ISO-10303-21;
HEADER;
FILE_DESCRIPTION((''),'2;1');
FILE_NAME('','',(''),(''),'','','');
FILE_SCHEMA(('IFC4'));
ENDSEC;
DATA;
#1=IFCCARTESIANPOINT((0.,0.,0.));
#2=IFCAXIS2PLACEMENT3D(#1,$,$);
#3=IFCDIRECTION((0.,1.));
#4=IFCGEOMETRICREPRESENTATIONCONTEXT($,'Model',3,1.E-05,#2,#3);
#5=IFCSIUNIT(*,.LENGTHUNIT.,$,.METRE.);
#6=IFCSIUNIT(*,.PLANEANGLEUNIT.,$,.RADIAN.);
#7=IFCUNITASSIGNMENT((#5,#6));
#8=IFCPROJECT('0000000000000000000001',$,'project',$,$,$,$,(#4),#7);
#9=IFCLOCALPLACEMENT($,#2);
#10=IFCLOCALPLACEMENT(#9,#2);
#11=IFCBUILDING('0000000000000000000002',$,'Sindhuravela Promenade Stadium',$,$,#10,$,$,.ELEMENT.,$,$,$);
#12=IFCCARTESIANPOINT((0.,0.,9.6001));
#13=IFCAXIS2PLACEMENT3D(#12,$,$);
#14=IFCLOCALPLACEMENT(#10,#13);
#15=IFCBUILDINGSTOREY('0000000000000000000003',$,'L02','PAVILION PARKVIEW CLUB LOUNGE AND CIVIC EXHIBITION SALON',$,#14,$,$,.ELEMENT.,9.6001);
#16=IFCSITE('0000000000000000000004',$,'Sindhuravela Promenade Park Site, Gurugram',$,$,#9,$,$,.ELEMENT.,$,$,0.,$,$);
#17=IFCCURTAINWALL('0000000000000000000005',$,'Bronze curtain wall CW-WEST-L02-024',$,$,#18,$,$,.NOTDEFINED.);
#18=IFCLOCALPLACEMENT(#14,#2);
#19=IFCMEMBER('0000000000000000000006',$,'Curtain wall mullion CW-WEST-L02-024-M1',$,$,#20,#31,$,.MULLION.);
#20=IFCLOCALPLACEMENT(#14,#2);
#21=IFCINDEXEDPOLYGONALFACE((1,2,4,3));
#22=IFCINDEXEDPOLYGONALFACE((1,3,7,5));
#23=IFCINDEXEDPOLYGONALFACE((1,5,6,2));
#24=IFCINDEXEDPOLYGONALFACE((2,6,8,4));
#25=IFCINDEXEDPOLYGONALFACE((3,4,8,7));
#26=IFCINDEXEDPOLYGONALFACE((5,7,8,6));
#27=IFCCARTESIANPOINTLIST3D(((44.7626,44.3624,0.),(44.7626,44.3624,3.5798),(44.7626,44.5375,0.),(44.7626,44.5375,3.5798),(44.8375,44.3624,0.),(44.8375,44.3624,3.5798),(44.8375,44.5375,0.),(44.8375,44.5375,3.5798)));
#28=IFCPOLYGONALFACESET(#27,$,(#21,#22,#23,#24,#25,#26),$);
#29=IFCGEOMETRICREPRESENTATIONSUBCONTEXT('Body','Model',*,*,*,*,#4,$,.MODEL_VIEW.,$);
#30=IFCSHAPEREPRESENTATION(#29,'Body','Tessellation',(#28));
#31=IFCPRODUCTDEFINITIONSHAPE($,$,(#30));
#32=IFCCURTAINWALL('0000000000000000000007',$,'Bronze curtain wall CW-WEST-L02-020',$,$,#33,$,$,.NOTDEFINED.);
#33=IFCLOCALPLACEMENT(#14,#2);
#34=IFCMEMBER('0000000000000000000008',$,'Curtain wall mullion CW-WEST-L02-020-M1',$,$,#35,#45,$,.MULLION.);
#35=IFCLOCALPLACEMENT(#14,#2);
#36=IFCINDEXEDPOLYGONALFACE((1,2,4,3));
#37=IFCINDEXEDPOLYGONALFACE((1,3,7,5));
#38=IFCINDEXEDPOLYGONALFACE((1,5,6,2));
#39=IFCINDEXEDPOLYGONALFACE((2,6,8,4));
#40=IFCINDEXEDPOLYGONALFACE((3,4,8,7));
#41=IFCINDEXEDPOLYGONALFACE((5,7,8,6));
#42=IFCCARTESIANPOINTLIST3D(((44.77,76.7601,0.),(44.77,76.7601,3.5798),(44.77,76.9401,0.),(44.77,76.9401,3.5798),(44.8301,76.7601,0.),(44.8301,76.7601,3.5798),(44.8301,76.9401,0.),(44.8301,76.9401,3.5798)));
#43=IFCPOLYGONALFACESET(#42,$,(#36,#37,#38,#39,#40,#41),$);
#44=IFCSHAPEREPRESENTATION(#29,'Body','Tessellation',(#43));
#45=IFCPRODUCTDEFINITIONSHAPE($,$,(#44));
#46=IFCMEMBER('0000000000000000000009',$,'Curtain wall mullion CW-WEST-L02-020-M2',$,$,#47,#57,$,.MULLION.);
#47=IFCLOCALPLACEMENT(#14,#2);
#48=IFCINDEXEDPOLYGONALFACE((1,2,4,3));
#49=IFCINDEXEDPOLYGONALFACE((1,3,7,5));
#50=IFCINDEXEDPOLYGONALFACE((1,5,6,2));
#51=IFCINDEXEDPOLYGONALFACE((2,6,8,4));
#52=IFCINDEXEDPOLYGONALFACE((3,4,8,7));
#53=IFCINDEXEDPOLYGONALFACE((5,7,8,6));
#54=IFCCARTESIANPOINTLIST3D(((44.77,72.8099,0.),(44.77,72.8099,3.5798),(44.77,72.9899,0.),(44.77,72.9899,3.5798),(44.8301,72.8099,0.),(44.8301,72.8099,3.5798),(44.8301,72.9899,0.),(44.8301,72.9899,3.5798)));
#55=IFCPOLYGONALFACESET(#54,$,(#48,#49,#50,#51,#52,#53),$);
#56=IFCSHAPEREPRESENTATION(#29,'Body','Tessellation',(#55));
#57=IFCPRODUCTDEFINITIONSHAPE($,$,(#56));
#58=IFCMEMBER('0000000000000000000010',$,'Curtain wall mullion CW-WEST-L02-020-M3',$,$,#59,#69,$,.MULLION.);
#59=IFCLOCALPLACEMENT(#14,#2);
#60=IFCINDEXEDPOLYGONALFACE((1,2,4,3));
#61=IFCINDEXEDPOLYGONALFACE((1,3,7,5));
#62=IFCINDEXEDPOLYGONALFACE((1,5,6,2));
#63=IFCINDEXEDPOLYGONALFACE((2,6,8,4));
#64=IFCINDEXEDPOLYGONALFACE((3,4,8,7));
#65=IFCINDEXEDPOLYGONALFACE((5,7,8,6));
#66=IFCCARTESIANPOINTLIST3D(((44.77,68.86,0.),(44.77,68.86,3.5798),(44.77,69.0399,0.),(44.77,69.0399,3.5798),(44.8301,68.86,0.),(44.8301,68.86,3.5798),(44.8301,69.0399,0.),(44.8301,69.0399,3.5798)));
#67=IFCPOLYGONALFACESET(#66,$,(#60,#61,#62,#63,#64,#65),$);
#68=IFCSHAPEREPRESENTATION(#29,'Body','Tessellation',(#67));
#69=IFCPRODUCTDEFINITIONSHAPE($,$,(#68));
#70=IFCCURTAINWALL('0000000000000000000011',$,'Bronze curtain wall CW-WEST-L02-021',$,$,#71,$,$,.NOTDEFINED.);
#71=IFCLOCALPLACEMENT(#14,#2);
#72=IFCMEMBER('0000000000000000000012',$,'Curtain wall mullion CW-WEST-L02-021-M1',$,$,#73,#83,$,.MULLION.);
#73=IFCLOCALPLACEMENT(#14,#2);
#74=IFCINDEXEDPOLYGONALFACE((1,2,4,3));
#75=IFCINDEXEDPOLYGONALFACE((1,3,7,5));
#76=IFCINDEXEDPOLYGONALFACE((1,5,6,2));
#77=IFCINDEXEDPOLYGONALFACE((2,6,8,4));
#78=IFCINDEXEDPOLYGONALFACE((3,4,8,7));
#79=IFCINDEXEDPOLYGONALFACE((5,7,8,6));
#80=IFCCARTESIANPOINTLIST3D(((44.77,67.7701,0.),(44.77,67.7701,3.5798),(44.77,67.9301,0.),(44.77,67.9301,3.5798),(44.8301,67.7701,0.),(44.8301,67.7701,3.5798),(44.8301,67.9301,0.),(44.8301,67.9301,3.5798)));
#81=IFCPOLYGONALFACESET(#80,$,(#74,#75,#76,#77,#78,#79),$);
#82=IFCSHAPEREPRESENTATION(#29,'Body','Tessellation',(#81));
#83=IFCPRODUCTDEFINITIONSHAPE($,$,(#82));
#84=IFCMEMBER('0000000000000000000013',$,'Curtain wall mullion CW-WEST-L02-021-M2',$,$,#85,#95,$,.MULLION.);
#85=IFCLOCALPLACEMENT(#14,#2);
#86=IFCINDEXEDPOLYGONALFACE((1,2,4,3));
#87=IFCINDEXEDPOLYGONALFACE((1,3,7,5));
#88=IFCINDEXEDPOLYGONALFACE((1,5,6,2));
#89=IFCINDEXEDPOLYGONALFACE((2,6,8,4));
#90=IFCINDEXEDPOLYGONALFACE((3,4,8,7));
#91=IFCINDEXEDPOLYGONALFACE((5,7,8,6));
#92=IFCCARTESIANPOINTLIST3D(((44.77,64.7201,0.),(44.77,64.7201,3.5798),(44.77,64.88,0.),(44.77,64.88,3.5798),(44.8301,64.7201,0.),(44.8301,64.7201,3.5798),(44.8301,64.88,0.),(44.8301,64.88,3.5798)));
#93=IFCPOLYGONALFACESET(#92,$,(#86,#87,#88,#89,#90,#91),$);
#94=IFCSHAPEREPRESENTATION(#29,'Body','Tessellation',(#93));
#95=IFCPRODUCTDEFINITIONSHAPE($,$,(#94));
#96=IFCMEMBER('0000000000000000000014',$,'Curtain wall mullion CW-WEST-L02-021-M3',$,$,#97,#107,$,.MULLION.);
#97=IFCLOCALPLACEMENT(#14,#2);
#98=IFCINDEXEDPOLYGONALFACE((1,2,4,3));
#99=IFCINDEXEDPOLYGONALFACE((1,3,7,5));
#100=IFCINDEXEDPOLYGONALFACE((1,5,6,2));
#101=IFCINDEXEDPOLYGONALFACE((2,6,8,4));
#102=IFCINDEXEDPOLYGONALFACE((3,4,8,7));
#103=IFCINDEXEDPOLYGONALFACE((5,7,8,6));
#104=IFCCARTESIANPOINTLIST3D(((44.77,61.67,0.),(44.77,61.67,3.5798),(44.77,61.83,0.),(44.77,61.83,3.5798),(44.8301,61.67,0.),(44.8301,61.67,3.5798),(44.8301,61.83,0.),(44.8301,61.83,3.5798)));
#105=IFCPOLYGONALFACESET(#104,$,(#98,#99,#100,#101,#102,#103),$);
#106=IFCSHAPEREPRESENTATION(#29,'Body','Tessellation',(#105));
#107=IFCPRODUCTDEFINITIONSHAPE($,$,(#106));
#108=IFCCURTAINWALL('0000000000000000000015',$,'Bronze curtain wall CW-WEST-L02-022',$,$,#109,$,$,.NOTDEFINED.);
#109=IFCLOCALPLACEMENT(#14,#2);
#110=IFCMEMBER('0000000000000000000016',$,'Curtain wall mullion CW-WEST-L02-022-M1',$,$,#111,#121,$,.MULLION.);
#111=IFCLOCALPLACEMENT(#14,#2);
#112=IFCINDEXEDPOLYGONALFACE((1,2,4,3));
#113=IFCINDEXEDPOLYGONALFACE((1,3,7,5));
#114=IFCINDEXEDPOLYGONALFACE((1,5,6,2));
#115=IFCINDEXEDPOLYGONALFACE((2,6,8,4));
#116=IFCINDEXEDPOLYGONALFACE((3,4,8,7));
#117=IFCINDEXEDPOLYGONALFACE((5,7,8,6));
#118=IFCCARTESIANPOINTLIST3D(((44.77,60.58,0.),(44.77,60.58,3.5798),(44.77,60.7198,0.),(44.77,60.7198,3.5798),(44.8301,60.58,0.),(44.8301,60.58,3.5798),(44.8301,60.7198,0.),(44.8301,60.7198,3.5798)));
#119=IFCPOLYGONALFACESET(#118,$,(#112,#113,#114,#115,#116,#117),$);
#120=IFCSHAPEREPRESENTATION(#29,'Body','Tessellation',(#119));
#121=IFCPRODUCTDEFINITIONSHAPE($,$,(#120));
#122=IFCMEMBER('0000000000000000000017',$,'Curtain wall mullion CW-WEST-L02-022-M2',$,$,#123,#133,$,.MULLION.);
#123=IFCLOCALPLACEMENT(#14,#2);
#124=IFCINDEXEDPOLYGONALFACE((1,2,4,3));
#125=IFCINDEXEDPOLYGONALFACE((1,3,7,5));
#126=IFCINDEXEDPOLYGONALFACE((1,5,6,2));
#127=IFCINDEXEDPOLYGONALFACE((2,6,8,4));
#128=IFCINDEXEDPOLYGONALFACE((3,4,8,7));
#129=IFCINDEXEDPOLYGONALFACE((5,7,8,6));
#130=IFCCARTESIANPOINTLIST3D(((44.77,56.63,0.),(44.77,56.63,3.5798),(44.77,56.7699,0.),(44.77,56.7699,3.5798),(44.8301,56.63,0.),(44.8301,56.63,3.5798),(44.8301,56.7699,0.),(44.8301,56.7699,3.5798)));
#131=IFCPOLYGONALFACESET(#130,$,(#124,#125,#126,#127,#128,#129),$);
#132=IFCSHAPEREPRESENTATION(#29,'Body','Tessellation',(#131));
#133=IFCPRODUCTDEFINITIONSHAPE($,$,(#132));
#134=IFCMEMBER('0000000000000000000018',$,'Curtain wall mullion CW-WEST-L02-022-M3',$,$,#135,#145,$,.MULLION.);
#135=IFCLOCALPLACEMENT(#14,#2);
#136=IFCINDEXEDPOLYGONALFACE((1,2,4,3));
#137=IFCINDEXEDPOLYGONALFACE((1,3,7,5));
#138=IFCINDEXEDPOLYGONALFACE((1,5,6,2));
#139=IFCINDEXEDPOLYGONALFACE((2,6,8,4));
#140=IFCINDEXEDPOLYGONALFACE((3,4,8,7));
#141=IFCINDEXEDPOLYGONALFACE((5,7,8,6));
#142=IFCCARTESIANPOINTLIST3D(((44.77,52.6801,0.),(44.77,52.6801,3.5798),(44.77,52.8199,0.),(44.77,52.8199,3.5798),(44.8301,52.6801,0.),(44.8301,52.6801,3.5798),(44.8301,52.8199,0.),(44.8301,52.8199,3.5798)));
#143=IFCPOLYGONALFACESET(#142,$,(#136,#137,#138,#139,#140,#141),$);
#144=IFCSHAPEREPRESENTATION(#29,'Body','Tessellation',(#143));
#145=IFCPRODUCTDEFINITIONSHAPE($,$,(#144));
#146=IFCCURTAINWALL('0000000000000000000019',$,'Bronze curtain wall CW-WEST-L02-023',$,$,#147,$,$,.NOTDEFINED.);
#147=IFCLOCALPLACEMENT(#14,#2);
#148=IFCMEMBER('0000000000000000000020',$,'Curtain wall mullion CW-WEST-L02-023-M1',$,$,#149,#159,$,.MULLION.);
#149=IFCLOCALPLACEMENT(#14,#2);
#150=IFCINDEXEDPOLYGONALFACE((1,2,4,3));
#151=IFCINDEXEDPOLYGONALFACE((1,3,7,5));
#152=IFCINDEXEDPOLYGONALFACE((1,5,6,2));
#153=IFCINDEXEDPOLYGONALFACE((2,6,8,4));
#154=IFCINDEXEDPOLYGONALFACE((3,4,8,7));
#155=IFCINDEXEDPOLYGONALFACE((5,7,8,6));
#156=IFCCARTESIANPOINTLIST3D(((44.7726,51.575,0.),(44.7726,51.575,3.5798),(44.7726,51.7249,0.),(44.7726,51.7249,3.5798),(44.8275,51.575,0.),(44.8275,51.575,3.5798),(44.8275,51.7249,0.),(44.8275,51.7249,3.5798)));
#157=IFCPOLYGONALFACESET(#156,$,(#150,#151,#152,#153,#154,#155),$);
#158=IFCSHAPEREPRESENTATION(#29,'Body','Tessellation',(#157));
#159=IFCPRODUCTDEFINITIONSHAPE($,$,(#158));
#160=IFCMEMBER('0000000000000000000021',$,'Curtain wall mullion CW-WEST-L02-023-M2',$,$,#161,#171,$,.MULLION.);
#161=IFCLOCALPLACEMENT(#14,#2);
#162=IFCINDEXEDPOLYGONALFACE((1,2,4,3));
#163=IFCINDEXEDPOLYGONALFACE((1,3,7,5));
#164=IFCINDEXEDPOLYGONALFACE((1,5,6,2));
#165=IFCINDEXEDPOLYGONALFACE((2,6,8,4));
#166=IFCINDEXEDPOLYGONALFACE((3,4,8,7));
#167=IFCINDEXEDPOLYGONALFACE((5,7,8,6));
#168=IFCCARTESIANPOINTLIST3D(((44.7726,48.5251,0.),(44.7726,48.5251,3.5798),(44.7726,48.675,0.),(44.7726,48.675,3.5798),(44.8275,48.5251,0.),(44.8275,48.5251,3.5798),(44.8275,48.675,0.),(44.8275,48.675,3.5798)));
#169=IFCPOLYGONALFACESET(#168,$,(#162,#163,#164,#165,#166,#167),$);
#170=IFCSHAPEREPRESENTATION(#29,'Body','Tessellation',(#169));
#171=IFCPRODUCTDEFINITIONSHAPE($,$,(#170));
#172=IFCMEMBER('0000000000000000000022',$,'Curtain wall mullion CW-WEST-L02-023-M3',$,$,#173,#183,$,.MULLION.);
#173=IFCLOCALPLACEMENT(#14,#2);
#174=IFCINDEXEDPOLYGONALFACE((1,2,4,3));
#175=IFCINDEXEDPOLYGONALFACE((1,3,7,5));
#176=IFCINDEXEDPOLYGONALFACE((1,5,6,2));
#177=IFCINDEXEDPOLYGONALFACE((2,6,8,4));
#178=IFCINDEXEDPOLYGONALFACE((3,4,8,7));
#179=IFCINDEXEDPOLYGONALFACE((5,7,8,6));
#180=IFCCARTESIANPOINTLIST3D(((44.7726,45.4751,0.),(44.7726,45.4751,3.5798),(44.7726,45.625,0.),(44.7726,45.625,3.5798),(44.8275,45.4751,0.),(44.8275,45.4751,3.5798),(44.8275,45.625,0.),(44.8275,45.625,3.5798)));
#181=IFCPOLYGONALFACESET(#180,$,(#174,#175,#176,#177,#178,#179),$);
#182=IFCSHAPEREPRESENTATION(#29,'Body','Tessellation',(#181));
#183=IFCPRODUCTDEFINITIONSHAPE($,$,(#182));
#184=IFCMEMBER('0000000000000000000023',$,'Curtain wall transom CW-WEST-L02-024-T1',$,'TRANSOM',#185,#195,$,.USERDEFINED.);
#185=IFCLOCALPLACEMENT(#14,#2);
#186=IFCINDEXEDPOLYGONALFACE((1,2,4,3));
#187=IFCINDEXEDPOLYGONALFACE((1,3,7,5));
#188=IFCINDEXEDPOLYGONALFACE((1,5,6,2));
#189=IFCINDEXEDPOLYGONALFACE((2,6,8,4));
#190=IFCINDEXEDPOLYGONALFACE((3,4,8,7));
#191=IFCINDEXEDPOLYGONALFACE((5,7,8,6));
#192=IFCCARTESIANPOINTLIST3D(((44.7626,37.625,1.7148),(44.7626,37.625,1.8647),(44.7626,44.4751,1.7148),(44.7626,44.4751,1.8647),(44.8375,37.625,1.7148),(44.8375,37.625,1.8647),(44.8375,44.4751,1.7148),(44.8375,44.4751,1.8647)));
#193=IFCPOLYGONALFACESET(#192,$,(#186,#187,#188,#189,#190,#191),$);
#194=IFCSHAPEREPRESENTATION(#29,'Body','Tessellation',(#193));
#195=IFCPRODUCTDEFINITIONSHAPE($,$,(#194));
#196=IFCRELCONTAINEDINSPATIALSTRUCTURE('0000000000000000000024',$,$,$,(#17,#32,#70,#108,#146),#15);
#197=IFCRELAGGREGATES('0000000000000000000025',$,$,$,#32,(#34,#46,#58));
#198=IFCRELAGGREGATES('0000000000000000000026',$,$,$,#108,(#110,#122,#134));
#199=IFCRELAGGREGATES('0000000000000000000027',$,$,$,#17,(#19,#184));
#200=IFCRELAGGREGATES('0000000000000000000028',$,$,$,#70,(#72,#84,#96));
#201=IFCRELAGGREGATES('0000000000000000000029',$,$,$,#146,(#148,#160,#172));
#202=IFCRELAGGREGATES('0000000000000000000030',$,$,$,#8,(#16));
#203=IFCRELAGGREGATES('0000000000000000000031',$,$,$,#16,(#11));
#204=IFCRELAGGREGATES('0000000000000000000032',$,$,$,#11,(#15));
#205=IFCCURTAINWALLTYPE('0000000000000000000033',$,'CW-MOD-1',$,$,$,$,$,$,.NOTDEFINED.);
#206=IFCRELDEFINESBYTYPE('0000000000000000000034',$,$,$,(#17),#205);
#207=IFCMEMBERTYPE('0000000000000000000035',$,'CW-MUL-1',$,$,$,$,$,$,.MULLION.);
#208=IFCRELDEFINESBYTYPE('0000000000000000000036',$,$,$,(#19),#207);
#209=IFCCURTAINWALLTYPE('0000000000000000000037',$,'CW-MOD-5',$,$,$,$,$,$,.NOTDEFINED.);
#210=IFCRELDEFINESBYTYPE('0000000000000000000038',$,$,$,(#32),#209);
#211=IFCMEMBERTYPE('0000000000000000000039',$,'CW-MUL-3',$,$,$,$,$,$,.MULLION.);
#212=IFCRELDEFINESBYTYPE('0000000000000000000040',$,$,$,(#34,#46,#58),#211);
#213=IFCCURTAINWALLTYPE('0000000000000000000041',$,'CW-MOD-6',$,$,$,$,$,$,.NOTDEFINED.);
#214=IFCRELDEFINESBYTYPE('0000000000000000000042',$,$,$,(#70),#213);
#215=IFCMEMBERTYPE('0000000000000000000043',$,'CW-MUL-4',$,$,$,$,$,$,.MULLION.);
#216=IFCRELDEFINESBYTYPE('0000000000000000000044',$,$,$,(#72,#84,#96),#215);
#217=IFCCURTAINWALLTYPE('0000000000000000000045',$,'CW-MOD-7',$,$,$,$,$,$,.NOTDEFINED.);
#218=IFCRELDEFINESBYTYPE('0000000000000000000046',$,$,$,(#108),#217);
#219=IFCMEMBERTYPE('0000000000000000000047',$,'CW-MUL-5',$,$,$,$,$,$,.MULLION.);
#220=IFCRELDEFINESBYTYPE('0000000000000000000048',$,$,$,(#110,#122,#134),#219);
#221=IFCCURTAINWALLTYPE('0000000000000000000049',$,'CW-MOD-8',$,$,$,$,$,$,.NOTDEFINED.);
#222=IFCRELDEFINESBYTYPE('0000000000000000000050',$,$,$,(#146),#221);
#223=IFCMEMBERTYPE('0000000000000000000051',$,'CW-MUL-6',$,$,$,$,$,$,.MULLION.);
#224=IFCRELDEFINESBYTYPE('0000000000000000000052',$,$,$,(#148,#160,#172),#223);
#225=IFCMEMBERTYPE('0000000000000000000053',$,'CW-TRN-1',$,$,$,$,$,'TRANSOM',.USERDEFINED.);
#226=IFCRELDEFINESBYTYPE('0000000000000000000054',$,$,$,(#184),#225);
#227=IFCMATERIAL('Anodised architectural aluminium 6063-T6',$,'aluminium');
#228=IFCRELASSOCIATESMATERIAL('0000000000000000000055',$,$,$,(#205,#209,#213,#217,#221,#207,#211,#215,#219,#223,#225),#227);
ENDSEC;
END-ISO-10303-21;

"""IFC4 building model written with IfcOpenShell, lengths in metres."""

from ifc_helpers import new_model, si_unit, direction, frame, origin, origin_2d, place, context, subcontext, project, spatial, rectangle, extrude, material, material_profile, profile_set, type_object, element, aggregate, save


model = new_model("IFC4")

# Units and contexts
model_context = context("Model", 3, precision=1e-05, world=origin(), true_north=direction((0.0, 1.0)))
body_context = subcontext(model_context, "Body", "Model", "MODEL_VIEW")
ifc_project = project(units=[si_unit("LENGTHUNIT", "METRE"), si_unit("PLANEANGLEUNIT", "RADIAN")], contexts=[model_context])

# Site, building, storey
site_placement = place(None, origin())
site = spatial("IfcSite", under=ifc_project, at=site_placement, Name="Sindhuravela Promenade Park Site, Gurugram", CompositionType="ELEMENT", RefElevation=0.0)
building_placement = place(site_placement, origin())
building = spatial("IfcBuilding", under=site, at=building_placement, Name="Sindhuravela Promenade Stadium", CompositionType="ELEMENT")
storey_placement = place(building_placement, frame((0.0, 0.0, 9.6001)))
storey = spatial("IfcBuildingStorey", under=building, at=storey_placement, Name="L02", Description="PAVILION PARKVIEW CLUB LOUNGE AND CIVIC EXHIBITION SALON", CompositionType="ELEMENT", Elevation=9.6001)

# Curtain wall, member
ifc_material_1 = material(Name="Anodised architectural aluminium 6063-T6", Category="aluminium")
curtain_wall_type_1 = type_object("IfcCurtainWallType", Name="CW-MOD-1", PredefinedType="NOTDEFINED", material=ifc_material_1)
curtain_wall_1_placement = place(storey_placement, origin())
curtain_wall_1 = element("IfcCurtainWall", 1, at=curtain_wall_1_placement, inside=storey, type_object=curtain_wall_type_1, Name="Bronze curtain wall CW-WEST-L02-024", PredefinedType="NOTDEFINED")
ifc_material_profile_1 = material_profile(ifc_material_1, rectangle(XDim=0.075, YDim=0.175, at=origin_2d()), Name="ALU MULL 75x175")
ifc_profile_set_1 = profile_set([ifc_material_profile_1], Name="Anodised architectural aluminium 6063-T6")
member_type_1 = type_object("IfcMemberType", Name="CW-MUL-1", PredefinedType="MULLION", material=ifc_profile_set_1)
member_1_placement = place(storey_placement, frame((44.8, 44.45, 0.0), z_axis=(0.0, 0.0, 1.0), x_axis=(1.0, 0.0, 0.0)))
member_1 = element("IfcMember", 2, at=member_1_placement, type_object=member_type_1, Name="Curtain wall mullion CW-WEST-L02-024-M1", PredefinedType="MULLION", context=body_context, shape_type="SweptSolid", body=[
    extrude(rectangle(XDim=0.075, YDim=0.175, at=origin_2d()), origin(), (0.0, 0.0, 1.0), 3.5798),
])

# Curtain walls, members
curtain_wall_type_2 = type_object("IfcCurtainWallType", Name="CW-MOD-5", PredefinedType="NOTDEFINED", material=ifc_material_1)
curtain_wall_2_placement = place(storey_placement, origin())
curtain_wall_2 = element("IfcCurtainWall", 3, at=curtain_wall_2_placement, inside=storey, type_object=curtain_wall_type_2, Name="Bronze curtain wall CW-WEST-L02-020", PredefinedType="NOTDEFINED")
ifc_material_profile_2 = material_profile(ifc_material_1, rectangle(XDim=0.0601, YDim=0.1799, at=origin_2d()), Name="ALU M60x180")
ifc_profile_set_2 = profile_set([ifc_material_profile_2], Name="Anodised architectural aluminium 6063-T6")
member_type_2 = type_object("IfcMemberType", Name="CW-MUL-3", PredefinedType="MULLION", material=ifc_profile_set_2)
member_2_placement = place(storey_placement, frame((44.8, 76.8501, 0.0), z_axis=(0.0, 0.0, 1.0), x_axis=(1.0, 0.0, 0.0)))
member_2 = element("IfcMember", 4, at=member_2_placement, type_object=member_type_2, Name="Curtain wall mullion CW-WEST-L02-020-M1", PredefinedType="MULLION", context=body_context, shape_type="SweptSolid", body=[
    extrude(rectangle(XDim=0.0601, YDim=0.1799, at=origin_2d()), origin(), (0.0, 0.0, 1.0), 3.5798),
])
member_3_placement = place(storey_placement, frame((44.8, 72.8999, 0.0), z_axis=(0.0, 0.0, 1.0), x_axis=(1.0, 0.0, 0.0)))
member_3 = element("IfcMember", 5, at=member_3_placement, type_object=member_type_2, Name="Curtain wall mullion CW-WEST-L02-020-M2", PredefinedType="MULLION", context=body_context, shape_type="SweptSolid", body=[
    extrude(rectangle(XDim=0.0601, YDim=0.1799, at=origin_2d()), origin(), (0.0, 0.0, 1.0), 3.5798),
])
member_4_placement = place(storey_placement, frame((44.8, 68.95, 0.0), z_axis=(0.0, 0.0, 1.0), x_axis=(1.0, 0.0, 0.0)))
member_4 = element("IfcMember", 6, at=member_4_placement, type_object=member_type_2, Name="Curtain wall mullion CW-WEST-L02-020-M3", PredefinedType="MULLION", context=body_context, shape_type="SweptSolid", body=[
    extrude(rectangle(XDim=0.0601, YDim=0.1799, at=origin_2d()), origin(), (0.0, 0.0, 1.0), 3.5798),
])
curtain_wall_type_3 = type_object("IfcCurtainWallType", Name="CW-MOD-6", PredefinedType="NOTDEFINED", material=ifc_material_1)
curtain_wall_3_placement = place(storey_placement, origin())
curtain_wall_3 = element("IfcCurtainWall", 7, at=curtain_wall_3_placement, inside=storey, type_object=curtain_wall_type_3, Name="Bronze curtain wall CW-WEST-L02-021", PredefinedType="NOTDEFINED")
ifc_material_profile_3 = material_profile(ifc_material_1, rectangle(XDim=0.0601, YDim=0.1599, at=origin_2d()), Name="ALU M60x160")
ifc_profile_set_3 = profile_set([ifc_material_profile_3], Name="Anodised architectural aluminium 6063-T6")
member_type_3 = type_object("IfcMemberType", Name="CW-MUL-4", PredefinedType="MULLION", material=ifc_profile_set_3)
member_5_placement = place(storey_placement, frame((44.8, 67.8501, 0.0), z_axis=(0.0, 0.0, 1.0), x_axis=(1.0, 0.0, 0.0)))
member_5 = element("IfcMember", 8, at=member_5_placement, type_object=member_type_3, Name="Curtain wall mullion CW-WEST-L02-021-M1", PredefinedType="MULLION", context=body_context, shape_type="SweptSolid", body=[
    extrude(rectangle(XDim=0.0601, YDim=0.1599, at=origin_2d()), origin(), (0.0, 0.0, 1.0), 3.5798),
])
member_6_placement = place(storey_placement, frame((44.8, 64.8, 0.0), z_axis=(0.0, 0.0, 1.0), x_axis=(1.0, 0.0, 0.0)))
member_6 = element("IfcMember", 9, at=member_6_placement, type_object=member_type_3, Name="Curtain wall mullion CW-WEST-L02-021-M2", PredefinedType="MULLION", context=body_context, shape_type="SweptSolid", body=[
    extrude(rectangle(XDim=0.0601, YDim=0.1599, at=origin_2d()), origin(), (0.0, 0.0, 1.0), 3.5798),
])
member_7_placement = place(storey_placement, frame((44.8, 61.75, 0.0), z_axis=(0.0, 0.0, 1.0), x_axis=(1.0, 0.0, 0.0)))
member_7 = element("IfcMember", 10, at=member_7_placement, type_object=member_type_3, Name="Curtain wall mullion CW-WEST-L02-021-M3", PredefinedType="MULLION", context=body_context, shape_type="SweptSolid", body=[
    extrude(rectangle(XDim=0.0601, YDim=0.1599, at=origin_2d()), origin(), (0.0, 0.0, 1.0), 3.5798),
])
curtain_wall_type_4 = type_object("IfcCurtainWallType", Name="CW-MOD-7", PredefinedType="NOTDEFINED", material=ifc_material_1)
curtain_wall_4_placement = place(storey_placement, origin())
curtain_wall_4 = element("IfcCurtainWall", 11, at=curtain_wall_4_placement, inside=storey, type_object=curtain_wall_type_4, Name="Bronze curtain wall CW-WEST-L02-022", PredefinedType="NOTDEFINED")
ifc_material_profile_4 = material_profile(ifc_material_1, rectangle(XDim=0.0601, YDim=0.1399, at=origin_2d()), Name="ALU M60x140")
ifc_profile_set_4 = profile_set([ifc_material_profile_4], Name="Anodised architectural aluminium 6063-T6")
member_type_4 = type_object("IfcMemberType", Name="CW-MUL-5", PredefinedType="MULLION", material=ifc_profile_set_4)
member_8_placement = place(storey_placement, frame((44.8, 60.6499, 0.0), z_axis=(0.0, 0.0, 1.0), x_axis=(1.0, 0.0, 0.0)))
member_8 = element("IfcMember", 12, at=member_8_placement, type_object=member_type_4, Name="Curtain wall mullion CW-WEST-L02-022-M1", PredefinedType="MULLION", context=body_context, shape_type="SweptSolid", body=[
    extrude(rectangle(XDim=0.0601, YDim=0.1399, at=origin_2d()), origin(), (0.0, 0.0, 1.0), 3.5798),
])
member_9_placement = place(storey_placement, frame((44.8, 56.7, 0.0), z_axis=(0.0, 0.0, 1.0), x_axis=(1.0, 0.0, 0.0)))
member_9 = element("IfcMember", 13, at=member_9_placement, type_object=member_type_4, Name="Curtain wall mullion CW-WEST-L02-022-M2", PredefinedType="MULLION", context=body_context, shape_type="SweptSolid", body=[
    extrude(rectangle(XDim=0.0601, YDim=0.1399, at=origin_2d()), origin(), (0.0, 0.0, 1.0), 3.5798),
])
member_10_placement = place(storey_placement, frame((44.8, 52.75, 0.0), z_axis=(0.0, 0.0, 1.0), x_axis=(1.0, 0.0, 0.0)))
member_10 = element("IfcMember", 14, at=member_10_placement, type_object=member_type_4, Name="Curtain wall mullion CW-WEST-L02-022-M3", PredefinedType="MULLION", context=body_context, shape_type="SweptSolid", body=[
    extrude(rectangle(XDim=0.0601, YDim=0.1399, at=origin_2d()), origin(), (0.0, 0.0, 1.0), 3.5798),
])
curtain_wall_type_5 = type_object("IfcCurtainWallType", Name="CW-MOD-8", PredefinedType="NOTDEFINED", material=ifc_material_1)
curtain_wall_5_placement = place(storey_placement, origin())
curtain_wall_5 = element("IfcCurtainWall", 15, at=curtain_wall_5_placement, inside=storey, type_object=curtain_wall_type_5, Name="Bronze curtain wall CW-WEST-L02-023", PredefinedType="NOTDEFINED")
ifc_material_profile_5 = material_profile(ifc_material_1, rectangle(XDim=0.0549, YDim=0.1499, at=origin_2d()), Name="ALU M55x150")
ifc_profile_set_5 = profile_set([ifc_material_profile_5], Name="Anodised architectural aluminium 6063-T6")
member_type_5 = type_object("IfcMemberType", Name="CW-MUL-6", PredefinedType="MULLION", material=ifc_profile_set_5)
member_11_placement = place(storey_placement, frame((44.8, 51.6499, 0.0), z_axis=(0.0, 0.0, 1.0), x_axis=(1.0, 0.0, 0.0)))
member_11 = element("IfcMember", 16, at=member_11_placement, type_object=member_type_5, Name="Curtain wall mullion CW-WEST-L02-023-M1", PredefinedType="MULLION", context=body_context, shape_type="SweptSolid", body=[
    extrude(rectangle(XDim=0.0549, YDim=0.1499, at=origin_2d()), origin(), (0.0, 0.0, 1.0), 3.5798),
])
member_12_placement = place(storey_placement, frame((44.8, 48.6001, 0.0), z_axis=(0.0, 0.0, 1.0), x_axis=(1.0, 0.0, 0.0)))
member_12 = element("IfcMember", 17, at=member_12_placement, type_object=member_type_5, Name="Curtain wall mullion CW-WEST-L02-023-M2", PredefinedType="MULLION", context=body_context, shape_type="SweptSolid", body=[
    extrude(rectangle(XDim=0.0549, YDim=0.1499, at=origin_2d()), origin(), (0.0, 0.0, 1.0), 3.5798),
])
member_13_placement = place(storey_placement, frame((44.8, 45.55, 0.0), z_axis=(0.0, 0.0, 1.0), x_axis=(1.0, 0.0, 0.0)))
member_13 = element("IfcMember", 18, at=member_13_placement, type_object=member_type_5, Name="Curtain wall mullion CW-WEST-L02-023-M3", PredefinedType="MULLION", context=body_context, shape_type="SweptSolid", body=[
    extrude(rectangle(XDim=0.0549, YDim=0.1499, at=origin_2d()), origin(), (0.0, 0.0, 1.0), 3.5798),
])

# Member
ifc_material_profile_6 = material_profile(ifc_material_1, rectangle(XDim=0.075, YDim=0.1499, at=origin_2d()), Name="ALU TRAN 75x150")
ifc_profile_set_6 = profile_set([ifc_material_profile_6], Name="Anodised architectural aluminium 6063-T6")
member_type_6 = type_object("IfcMemberType", Name="CW-TRN-1", ElementType="TRANSOM", PredefinedType="USERDEFINED", material=ifc_profile_set_6)
member_14_placement = place(storey_placement, frame((44.8, 44.4751, 1.7898), z_axis=(0.0, -1.0, 0.0), x_axis=(1.0, 0.0, 0.0)))
member_14 = element("IfcMember", 19, at=member_14_placement, type_object=member_type_6, Name="Curtain wall transom CW-WEST-L02-024-T1", ObjectType="TRANSOM", PredefinedType="USERDEFINED", context=body_context, shape_type="SweptSolid", body=[
    extrude(rectangle(XDim=0.075, YDim=0.1499, at=origin_2d()), origin(), (0.0, 0.0, 1.0), 6.8501),
])

aggregate(curtain_wall_2, [member_2, member_3, member_4])
aggregate(curtain_wall_4, [member_8, member_9, member_10])
aggregate(curtain_wall_1, [member_1, member_14])
aggregate(curtain_wall_3, [member_5, member_6, member_7])
aggregate(curtain_wall_5, [member_11, member_12, member_13])

save(model, "model.ifc")
